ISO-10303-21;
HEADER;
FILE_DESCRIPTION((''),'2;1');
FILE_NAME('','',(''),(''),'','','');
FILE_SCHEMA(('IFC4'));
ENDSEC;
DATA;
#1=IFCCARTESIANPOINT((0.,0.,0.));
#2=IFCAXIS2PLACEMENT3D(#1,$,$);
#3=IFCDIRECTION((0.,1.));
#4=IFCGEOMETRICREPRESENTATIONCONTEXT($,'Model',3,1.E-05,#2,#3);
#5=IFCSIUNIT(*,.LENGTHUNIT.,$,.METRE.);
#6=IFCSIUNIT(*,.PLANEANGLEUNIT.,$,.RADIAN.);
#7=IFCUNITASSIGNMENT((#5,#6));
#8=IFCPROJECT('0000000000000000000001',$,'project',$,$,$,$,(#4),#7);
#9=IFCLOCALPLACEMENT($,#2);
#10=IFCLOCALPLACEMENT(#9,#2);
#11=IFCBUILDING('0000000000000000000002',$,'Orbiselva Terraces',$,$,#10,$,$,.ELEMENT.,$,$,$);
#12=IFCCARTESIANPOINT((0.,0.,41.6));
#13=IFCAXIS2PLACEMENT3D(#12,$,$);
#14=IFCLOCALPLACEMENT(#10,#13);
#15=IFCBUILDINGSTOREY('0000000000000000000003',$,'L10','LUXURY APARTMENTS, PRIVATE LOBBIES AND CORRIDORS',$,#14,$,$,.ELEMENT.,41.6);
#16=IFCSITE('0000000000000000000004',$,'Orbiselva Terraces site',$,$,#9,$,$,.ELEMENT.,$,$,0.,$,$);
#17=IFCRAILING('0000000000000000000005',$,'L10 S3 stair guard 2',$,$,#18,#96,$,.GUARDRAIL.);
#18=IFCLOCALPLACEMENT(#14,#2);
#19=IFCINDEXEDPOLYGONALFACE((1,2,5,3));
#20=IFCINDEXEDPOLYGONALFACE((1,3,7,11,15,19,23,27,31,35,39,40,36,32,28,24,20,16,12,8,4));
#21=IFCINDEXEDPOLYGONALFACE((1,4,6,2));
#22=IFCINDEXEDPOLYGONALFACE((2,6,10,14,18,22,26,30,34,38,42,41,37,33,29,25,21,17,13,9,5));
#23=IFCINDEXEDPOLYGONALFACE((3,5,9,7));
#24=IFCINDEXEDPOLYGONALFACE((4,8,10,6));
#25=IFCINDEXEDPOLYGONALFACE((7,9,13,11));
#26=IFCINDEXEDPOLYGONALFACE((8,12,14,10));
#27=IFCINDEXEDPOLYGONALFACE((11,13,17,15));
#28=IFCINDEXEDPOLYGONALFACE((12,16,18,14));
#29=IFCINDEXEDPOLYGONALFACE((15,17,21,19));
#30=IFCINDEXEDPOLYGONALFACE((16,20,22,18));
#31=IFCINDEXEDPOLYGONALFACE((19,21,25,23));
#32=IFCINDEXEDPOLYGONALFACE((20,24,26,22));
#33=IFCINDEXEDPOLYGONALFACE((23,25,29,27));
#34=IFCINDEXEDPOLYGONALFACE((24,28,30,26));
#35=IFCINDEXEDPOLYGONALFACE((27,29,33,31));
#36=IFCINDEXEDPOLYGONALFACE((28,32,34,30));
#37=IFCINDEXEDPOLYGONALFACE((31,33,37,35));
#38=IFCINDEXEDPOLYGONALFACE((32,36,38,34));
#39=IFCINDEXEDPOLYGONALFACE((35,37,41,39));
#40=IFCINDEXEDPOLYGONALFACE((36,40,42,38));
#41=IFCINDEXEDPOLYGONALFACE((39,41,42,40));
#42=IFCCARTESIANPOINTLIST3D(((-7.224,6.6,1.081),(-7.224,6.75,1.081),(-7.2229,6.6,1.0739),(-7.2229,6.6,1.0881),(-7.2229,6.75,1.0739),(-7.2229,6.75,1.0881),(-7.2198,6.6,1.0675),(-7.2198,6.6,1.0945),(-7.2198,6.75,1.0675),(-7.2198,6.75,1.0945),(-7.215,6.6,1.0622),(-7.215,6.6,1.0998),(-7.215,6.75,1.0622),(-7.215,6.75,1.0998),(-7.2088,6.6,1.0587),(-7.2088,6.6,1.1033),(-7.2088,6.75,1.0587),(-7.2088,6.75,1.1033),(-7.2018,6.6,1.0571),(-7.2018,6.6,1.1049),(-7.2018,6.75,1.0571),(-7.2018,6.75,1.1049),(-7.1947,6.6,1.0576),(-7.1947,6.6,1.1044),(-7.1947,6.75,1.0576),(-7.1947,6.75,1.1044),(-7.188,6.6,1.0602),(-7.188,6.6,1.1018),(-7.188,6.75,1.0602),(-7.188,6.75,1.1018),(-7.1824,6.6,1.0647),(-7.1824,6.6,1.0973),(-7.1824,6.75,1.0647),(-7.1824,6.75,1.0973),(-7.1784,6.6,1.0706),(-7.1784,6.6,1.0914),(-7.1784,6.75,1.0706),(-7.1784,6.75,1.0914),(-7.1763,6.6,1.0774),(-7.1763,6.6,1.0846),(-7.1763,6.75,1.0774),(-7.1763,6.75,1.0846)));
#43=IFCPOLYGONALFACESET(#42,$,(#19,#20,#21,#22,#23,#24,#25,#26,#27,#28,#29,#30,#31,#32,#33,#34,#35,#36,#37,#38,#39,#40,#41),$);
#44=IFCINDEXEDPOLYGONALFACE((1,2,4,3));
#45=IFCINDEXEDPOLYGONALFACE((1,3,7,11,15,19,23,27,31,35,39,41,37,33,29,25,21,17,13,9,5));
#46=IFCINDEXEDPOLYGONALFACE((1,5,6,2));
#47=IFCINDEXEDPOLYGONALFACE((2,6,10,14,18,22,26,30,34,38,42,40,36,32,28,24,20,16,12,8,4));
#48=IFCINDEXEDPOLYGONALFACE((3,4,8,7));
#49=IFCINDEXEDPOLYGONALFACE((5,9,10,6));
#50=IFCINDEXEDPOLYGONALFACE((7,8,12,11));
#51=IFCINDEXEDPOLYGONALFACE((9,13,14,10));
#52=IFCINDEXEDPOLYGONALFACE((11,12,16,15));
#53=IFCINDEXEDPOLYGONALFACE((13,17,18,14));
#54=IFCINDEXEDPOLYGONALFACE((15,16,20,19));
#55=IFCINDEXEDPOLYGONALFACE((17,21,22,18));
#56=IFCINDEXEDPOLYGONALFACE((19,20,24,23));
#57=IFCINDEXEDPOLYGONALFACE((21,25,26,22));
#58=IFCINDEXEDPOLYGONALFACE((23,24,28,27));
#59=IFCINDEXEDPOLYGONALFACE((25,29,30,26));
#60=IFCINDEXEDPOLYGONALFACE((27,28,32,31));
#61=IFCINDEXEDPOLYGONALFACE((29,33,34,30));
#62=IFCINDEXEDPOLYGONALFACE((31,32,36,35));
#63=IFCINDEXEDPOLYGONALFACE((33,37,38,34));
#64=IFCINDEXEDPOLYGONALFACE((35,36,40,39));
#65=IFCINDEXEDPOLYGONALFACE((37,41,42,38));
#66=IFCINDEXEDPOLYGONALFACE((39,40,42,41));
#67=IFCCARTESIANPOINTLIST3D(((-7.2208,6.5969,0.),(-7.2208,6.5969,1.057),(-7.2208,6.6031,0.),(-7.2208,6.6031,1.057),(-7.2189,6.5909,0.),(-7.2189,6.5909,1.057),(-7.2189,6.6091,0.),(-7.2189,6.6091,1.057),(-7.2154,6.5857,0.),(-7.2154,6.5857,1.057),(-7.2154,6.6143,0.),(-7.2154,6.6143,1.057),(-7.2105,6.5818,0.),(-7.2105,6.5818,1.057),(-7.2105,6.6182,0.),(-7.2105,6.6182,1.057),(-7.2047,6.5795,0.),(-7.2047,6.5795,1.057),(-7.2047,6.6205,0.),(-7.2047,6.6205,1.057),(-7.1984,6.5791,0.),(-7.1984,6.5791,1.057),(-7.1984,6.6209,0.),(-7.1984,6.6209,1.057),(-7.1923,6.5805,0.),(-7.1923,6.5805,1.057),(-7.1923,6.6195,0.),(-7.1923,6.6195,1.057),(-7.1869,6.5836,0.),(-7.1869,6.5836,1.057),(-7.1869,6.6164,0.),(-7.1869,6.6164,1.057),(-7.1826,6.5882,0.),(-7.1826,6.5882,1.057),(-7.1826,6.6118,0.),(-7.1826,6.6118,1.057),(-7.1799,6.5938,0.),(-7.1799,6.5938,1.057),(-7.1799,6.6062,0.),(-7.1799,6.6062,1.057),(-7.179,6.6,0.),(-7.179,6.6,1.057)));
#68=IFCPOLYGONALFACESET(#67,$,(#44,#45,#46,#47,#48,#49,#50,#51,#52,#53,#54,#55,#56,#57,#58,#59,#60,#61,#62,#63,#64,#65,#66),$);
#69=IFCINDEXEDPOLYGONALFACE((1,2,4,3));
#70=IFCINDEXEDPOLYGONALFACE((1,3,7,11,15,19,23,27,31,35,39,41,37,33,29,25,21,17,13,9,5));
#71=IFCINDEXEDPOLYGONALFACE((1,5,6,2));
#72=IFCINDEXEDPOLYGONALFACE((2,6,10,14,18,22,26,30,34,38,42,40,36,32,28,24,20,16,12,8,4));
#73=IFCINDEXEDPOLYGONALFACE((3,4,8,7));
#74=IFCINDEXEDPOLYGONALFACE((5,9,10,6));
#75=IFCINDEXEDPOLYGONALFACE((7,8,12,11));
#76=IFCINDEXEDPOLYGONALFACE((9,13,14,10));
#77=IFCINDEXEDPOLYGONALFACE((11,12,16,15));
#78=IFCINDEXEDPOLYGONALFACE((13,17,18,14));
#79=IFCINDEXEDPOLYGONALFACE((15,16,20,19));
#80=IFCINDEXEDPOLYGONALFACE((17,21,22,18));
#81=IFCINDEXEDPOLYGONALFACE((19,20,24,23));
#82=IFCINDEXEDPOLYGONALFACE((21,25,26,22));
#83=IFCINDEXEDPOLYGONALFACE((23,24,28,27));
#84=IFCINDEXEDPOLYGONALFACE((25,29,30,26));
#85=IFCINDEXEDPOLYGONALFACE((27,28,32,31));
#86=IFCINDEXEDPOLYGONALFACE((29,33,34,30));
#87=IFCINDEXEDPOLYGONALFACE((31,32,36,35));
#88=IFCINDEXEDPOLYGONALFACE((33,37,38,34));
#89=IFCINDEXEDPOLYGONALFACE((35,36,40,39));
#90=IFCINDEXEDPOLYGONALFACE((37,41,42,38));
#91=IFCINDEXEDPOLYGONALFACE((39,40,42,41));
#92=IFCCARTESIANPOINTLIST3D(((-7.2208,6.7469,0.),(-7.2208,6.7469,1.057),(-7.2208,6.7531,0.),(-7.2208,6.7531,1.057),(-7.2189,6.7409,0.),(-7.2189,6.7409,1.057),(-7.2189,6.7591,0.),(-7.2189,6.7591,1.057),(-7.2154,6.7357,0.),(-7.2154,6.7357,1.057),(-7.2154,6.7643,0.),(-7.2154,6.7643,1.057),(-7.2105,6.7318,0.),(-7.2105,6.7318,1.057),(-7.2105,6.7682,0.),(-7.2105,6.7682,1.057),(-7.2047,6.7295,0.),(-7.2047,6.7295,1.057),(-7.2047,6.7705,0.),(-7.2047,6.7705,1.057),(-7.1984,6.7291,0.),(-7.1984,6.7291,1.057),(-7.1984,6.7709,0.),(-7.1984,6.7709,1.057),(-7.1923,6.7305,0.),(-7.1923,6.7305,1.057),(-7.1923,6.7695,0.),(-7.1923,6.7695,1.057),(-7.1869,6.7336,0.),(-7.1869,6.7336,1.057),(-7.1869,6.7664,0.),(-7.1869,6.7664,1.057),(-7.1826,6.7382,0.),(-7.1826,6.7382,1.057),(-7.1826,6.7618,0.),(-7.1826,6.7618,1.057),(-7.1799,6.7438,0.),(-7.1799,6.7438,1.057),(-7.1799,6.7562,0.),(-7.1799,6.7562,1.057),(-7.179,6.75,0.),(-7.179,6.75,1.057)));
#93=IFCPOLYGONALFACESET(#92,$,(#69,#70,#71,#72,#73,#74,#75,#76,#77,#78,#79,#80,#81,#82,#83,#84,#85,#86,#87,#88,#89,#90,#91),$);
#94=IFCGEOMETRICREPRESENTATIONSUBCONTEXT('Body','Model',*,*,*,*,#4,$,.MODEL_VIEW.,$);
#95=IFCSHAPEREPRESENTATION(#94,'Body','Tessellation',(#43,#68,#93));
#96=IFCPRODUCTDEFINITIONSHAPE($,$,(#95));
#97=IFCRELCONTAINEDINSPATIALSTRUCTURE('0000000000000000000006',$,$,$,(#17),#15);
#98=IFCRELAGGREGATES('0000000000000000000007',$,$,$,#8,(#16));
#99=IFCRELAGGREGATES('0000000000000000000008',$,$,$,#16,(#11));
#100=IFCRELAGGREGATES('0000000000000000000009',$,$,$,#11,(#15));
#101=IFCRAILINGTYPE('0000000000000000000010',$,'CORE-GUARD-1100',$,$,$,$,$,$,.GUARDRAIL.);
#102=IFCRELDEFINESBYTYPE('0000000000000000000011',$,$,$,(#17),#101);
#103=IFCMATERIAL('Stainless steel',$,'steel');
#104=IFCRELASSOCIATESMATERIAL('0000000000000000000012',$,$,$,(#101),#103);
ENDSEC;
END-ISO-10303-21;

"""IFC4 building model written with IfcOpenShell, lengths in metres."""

from ifc_helpers import new_model, si_unit, direction, frame, origin, origin_2d, place, context, subcontext, project, spatial, circle, extrude, material, type_object, element, save


model = new_model("IFC4")

# Units and contexts
model_context = context("Model", 3, precision=1e-05, world=origin(), true_north=direction((0.0, 1.0)))
body_context = subcontext(model_context, "Body", "Model", "MODEL_VIEW")
ifc_project = project(units=[si_unit("LENGTHUNIT", "METRE"), si_unit("PLANEANGLEUNIT", "RADIAN")], contexts=[model_context])

# Site, building, storey
site_placement = place(None, origin())
site = spatial("IfcSite", under=ifc_project, at=site_placement, Name="Orbiselva Terraces site", CompositionType="ELEMENT", RefElevation=0.0)
building_placement = place(site_placement, origin())
building = spatial("IfcBuilding", under=site, at=building_placement, Name="Orbiselva Terraces", CompositionType="ELEMENT")
storey_placement = place(building_placement, frame((0.0, 0.0, 41.6)))
storey = spatial("IfcBuildingStorey", under=building, at=storey_placement, Name="L10", Description="LUXURY APARTMENTS, PRIVATE LOBBIES AND CORRIDORS", CompositionType="ELEMENT", Elevation=41.6)

# Railing
ifc_material_1 = material(Name="Stainless steel", Category="steel")
railing_type_1 = type_object("IfcRailingType", Name="CORE-GUARD-1100", PredefinedType="GUARDRAIL", material=ifc_material_1)
railing_1_placement = place(storey_placement, frame((-7.2, 6.6, 0.0)))
element("IfcRailing", 1, at=railing_1_placement, inside=storey, type_object=railing_type_1, Name="L10 S3 stair guard 2", PredefinedType="GUARDRAIL", context=body_context, shape_type="SweptSolid", body=[
    extrude(circle(Radius=0.024, at=origin_2d()), frame((0.0, 0.0, 1.081), z_axis=(0.0, 1.0, 0.0), x_axis=(-1.0, 0.0, 0.0)), (0.0, 0.0, 1.0), 0.15),
    extrude(circle(Radius=0.021, at=origin_2d()), origin(), (0.0, 0.0, 1.0), 1.057),
    extrude(circle(Radius=0.021, at=origin_2d()), frame((0.0, 0.15, 0.0)), (0.0, 0.0, 1.0), 1.057),
])

save(model, "model.ifc")
